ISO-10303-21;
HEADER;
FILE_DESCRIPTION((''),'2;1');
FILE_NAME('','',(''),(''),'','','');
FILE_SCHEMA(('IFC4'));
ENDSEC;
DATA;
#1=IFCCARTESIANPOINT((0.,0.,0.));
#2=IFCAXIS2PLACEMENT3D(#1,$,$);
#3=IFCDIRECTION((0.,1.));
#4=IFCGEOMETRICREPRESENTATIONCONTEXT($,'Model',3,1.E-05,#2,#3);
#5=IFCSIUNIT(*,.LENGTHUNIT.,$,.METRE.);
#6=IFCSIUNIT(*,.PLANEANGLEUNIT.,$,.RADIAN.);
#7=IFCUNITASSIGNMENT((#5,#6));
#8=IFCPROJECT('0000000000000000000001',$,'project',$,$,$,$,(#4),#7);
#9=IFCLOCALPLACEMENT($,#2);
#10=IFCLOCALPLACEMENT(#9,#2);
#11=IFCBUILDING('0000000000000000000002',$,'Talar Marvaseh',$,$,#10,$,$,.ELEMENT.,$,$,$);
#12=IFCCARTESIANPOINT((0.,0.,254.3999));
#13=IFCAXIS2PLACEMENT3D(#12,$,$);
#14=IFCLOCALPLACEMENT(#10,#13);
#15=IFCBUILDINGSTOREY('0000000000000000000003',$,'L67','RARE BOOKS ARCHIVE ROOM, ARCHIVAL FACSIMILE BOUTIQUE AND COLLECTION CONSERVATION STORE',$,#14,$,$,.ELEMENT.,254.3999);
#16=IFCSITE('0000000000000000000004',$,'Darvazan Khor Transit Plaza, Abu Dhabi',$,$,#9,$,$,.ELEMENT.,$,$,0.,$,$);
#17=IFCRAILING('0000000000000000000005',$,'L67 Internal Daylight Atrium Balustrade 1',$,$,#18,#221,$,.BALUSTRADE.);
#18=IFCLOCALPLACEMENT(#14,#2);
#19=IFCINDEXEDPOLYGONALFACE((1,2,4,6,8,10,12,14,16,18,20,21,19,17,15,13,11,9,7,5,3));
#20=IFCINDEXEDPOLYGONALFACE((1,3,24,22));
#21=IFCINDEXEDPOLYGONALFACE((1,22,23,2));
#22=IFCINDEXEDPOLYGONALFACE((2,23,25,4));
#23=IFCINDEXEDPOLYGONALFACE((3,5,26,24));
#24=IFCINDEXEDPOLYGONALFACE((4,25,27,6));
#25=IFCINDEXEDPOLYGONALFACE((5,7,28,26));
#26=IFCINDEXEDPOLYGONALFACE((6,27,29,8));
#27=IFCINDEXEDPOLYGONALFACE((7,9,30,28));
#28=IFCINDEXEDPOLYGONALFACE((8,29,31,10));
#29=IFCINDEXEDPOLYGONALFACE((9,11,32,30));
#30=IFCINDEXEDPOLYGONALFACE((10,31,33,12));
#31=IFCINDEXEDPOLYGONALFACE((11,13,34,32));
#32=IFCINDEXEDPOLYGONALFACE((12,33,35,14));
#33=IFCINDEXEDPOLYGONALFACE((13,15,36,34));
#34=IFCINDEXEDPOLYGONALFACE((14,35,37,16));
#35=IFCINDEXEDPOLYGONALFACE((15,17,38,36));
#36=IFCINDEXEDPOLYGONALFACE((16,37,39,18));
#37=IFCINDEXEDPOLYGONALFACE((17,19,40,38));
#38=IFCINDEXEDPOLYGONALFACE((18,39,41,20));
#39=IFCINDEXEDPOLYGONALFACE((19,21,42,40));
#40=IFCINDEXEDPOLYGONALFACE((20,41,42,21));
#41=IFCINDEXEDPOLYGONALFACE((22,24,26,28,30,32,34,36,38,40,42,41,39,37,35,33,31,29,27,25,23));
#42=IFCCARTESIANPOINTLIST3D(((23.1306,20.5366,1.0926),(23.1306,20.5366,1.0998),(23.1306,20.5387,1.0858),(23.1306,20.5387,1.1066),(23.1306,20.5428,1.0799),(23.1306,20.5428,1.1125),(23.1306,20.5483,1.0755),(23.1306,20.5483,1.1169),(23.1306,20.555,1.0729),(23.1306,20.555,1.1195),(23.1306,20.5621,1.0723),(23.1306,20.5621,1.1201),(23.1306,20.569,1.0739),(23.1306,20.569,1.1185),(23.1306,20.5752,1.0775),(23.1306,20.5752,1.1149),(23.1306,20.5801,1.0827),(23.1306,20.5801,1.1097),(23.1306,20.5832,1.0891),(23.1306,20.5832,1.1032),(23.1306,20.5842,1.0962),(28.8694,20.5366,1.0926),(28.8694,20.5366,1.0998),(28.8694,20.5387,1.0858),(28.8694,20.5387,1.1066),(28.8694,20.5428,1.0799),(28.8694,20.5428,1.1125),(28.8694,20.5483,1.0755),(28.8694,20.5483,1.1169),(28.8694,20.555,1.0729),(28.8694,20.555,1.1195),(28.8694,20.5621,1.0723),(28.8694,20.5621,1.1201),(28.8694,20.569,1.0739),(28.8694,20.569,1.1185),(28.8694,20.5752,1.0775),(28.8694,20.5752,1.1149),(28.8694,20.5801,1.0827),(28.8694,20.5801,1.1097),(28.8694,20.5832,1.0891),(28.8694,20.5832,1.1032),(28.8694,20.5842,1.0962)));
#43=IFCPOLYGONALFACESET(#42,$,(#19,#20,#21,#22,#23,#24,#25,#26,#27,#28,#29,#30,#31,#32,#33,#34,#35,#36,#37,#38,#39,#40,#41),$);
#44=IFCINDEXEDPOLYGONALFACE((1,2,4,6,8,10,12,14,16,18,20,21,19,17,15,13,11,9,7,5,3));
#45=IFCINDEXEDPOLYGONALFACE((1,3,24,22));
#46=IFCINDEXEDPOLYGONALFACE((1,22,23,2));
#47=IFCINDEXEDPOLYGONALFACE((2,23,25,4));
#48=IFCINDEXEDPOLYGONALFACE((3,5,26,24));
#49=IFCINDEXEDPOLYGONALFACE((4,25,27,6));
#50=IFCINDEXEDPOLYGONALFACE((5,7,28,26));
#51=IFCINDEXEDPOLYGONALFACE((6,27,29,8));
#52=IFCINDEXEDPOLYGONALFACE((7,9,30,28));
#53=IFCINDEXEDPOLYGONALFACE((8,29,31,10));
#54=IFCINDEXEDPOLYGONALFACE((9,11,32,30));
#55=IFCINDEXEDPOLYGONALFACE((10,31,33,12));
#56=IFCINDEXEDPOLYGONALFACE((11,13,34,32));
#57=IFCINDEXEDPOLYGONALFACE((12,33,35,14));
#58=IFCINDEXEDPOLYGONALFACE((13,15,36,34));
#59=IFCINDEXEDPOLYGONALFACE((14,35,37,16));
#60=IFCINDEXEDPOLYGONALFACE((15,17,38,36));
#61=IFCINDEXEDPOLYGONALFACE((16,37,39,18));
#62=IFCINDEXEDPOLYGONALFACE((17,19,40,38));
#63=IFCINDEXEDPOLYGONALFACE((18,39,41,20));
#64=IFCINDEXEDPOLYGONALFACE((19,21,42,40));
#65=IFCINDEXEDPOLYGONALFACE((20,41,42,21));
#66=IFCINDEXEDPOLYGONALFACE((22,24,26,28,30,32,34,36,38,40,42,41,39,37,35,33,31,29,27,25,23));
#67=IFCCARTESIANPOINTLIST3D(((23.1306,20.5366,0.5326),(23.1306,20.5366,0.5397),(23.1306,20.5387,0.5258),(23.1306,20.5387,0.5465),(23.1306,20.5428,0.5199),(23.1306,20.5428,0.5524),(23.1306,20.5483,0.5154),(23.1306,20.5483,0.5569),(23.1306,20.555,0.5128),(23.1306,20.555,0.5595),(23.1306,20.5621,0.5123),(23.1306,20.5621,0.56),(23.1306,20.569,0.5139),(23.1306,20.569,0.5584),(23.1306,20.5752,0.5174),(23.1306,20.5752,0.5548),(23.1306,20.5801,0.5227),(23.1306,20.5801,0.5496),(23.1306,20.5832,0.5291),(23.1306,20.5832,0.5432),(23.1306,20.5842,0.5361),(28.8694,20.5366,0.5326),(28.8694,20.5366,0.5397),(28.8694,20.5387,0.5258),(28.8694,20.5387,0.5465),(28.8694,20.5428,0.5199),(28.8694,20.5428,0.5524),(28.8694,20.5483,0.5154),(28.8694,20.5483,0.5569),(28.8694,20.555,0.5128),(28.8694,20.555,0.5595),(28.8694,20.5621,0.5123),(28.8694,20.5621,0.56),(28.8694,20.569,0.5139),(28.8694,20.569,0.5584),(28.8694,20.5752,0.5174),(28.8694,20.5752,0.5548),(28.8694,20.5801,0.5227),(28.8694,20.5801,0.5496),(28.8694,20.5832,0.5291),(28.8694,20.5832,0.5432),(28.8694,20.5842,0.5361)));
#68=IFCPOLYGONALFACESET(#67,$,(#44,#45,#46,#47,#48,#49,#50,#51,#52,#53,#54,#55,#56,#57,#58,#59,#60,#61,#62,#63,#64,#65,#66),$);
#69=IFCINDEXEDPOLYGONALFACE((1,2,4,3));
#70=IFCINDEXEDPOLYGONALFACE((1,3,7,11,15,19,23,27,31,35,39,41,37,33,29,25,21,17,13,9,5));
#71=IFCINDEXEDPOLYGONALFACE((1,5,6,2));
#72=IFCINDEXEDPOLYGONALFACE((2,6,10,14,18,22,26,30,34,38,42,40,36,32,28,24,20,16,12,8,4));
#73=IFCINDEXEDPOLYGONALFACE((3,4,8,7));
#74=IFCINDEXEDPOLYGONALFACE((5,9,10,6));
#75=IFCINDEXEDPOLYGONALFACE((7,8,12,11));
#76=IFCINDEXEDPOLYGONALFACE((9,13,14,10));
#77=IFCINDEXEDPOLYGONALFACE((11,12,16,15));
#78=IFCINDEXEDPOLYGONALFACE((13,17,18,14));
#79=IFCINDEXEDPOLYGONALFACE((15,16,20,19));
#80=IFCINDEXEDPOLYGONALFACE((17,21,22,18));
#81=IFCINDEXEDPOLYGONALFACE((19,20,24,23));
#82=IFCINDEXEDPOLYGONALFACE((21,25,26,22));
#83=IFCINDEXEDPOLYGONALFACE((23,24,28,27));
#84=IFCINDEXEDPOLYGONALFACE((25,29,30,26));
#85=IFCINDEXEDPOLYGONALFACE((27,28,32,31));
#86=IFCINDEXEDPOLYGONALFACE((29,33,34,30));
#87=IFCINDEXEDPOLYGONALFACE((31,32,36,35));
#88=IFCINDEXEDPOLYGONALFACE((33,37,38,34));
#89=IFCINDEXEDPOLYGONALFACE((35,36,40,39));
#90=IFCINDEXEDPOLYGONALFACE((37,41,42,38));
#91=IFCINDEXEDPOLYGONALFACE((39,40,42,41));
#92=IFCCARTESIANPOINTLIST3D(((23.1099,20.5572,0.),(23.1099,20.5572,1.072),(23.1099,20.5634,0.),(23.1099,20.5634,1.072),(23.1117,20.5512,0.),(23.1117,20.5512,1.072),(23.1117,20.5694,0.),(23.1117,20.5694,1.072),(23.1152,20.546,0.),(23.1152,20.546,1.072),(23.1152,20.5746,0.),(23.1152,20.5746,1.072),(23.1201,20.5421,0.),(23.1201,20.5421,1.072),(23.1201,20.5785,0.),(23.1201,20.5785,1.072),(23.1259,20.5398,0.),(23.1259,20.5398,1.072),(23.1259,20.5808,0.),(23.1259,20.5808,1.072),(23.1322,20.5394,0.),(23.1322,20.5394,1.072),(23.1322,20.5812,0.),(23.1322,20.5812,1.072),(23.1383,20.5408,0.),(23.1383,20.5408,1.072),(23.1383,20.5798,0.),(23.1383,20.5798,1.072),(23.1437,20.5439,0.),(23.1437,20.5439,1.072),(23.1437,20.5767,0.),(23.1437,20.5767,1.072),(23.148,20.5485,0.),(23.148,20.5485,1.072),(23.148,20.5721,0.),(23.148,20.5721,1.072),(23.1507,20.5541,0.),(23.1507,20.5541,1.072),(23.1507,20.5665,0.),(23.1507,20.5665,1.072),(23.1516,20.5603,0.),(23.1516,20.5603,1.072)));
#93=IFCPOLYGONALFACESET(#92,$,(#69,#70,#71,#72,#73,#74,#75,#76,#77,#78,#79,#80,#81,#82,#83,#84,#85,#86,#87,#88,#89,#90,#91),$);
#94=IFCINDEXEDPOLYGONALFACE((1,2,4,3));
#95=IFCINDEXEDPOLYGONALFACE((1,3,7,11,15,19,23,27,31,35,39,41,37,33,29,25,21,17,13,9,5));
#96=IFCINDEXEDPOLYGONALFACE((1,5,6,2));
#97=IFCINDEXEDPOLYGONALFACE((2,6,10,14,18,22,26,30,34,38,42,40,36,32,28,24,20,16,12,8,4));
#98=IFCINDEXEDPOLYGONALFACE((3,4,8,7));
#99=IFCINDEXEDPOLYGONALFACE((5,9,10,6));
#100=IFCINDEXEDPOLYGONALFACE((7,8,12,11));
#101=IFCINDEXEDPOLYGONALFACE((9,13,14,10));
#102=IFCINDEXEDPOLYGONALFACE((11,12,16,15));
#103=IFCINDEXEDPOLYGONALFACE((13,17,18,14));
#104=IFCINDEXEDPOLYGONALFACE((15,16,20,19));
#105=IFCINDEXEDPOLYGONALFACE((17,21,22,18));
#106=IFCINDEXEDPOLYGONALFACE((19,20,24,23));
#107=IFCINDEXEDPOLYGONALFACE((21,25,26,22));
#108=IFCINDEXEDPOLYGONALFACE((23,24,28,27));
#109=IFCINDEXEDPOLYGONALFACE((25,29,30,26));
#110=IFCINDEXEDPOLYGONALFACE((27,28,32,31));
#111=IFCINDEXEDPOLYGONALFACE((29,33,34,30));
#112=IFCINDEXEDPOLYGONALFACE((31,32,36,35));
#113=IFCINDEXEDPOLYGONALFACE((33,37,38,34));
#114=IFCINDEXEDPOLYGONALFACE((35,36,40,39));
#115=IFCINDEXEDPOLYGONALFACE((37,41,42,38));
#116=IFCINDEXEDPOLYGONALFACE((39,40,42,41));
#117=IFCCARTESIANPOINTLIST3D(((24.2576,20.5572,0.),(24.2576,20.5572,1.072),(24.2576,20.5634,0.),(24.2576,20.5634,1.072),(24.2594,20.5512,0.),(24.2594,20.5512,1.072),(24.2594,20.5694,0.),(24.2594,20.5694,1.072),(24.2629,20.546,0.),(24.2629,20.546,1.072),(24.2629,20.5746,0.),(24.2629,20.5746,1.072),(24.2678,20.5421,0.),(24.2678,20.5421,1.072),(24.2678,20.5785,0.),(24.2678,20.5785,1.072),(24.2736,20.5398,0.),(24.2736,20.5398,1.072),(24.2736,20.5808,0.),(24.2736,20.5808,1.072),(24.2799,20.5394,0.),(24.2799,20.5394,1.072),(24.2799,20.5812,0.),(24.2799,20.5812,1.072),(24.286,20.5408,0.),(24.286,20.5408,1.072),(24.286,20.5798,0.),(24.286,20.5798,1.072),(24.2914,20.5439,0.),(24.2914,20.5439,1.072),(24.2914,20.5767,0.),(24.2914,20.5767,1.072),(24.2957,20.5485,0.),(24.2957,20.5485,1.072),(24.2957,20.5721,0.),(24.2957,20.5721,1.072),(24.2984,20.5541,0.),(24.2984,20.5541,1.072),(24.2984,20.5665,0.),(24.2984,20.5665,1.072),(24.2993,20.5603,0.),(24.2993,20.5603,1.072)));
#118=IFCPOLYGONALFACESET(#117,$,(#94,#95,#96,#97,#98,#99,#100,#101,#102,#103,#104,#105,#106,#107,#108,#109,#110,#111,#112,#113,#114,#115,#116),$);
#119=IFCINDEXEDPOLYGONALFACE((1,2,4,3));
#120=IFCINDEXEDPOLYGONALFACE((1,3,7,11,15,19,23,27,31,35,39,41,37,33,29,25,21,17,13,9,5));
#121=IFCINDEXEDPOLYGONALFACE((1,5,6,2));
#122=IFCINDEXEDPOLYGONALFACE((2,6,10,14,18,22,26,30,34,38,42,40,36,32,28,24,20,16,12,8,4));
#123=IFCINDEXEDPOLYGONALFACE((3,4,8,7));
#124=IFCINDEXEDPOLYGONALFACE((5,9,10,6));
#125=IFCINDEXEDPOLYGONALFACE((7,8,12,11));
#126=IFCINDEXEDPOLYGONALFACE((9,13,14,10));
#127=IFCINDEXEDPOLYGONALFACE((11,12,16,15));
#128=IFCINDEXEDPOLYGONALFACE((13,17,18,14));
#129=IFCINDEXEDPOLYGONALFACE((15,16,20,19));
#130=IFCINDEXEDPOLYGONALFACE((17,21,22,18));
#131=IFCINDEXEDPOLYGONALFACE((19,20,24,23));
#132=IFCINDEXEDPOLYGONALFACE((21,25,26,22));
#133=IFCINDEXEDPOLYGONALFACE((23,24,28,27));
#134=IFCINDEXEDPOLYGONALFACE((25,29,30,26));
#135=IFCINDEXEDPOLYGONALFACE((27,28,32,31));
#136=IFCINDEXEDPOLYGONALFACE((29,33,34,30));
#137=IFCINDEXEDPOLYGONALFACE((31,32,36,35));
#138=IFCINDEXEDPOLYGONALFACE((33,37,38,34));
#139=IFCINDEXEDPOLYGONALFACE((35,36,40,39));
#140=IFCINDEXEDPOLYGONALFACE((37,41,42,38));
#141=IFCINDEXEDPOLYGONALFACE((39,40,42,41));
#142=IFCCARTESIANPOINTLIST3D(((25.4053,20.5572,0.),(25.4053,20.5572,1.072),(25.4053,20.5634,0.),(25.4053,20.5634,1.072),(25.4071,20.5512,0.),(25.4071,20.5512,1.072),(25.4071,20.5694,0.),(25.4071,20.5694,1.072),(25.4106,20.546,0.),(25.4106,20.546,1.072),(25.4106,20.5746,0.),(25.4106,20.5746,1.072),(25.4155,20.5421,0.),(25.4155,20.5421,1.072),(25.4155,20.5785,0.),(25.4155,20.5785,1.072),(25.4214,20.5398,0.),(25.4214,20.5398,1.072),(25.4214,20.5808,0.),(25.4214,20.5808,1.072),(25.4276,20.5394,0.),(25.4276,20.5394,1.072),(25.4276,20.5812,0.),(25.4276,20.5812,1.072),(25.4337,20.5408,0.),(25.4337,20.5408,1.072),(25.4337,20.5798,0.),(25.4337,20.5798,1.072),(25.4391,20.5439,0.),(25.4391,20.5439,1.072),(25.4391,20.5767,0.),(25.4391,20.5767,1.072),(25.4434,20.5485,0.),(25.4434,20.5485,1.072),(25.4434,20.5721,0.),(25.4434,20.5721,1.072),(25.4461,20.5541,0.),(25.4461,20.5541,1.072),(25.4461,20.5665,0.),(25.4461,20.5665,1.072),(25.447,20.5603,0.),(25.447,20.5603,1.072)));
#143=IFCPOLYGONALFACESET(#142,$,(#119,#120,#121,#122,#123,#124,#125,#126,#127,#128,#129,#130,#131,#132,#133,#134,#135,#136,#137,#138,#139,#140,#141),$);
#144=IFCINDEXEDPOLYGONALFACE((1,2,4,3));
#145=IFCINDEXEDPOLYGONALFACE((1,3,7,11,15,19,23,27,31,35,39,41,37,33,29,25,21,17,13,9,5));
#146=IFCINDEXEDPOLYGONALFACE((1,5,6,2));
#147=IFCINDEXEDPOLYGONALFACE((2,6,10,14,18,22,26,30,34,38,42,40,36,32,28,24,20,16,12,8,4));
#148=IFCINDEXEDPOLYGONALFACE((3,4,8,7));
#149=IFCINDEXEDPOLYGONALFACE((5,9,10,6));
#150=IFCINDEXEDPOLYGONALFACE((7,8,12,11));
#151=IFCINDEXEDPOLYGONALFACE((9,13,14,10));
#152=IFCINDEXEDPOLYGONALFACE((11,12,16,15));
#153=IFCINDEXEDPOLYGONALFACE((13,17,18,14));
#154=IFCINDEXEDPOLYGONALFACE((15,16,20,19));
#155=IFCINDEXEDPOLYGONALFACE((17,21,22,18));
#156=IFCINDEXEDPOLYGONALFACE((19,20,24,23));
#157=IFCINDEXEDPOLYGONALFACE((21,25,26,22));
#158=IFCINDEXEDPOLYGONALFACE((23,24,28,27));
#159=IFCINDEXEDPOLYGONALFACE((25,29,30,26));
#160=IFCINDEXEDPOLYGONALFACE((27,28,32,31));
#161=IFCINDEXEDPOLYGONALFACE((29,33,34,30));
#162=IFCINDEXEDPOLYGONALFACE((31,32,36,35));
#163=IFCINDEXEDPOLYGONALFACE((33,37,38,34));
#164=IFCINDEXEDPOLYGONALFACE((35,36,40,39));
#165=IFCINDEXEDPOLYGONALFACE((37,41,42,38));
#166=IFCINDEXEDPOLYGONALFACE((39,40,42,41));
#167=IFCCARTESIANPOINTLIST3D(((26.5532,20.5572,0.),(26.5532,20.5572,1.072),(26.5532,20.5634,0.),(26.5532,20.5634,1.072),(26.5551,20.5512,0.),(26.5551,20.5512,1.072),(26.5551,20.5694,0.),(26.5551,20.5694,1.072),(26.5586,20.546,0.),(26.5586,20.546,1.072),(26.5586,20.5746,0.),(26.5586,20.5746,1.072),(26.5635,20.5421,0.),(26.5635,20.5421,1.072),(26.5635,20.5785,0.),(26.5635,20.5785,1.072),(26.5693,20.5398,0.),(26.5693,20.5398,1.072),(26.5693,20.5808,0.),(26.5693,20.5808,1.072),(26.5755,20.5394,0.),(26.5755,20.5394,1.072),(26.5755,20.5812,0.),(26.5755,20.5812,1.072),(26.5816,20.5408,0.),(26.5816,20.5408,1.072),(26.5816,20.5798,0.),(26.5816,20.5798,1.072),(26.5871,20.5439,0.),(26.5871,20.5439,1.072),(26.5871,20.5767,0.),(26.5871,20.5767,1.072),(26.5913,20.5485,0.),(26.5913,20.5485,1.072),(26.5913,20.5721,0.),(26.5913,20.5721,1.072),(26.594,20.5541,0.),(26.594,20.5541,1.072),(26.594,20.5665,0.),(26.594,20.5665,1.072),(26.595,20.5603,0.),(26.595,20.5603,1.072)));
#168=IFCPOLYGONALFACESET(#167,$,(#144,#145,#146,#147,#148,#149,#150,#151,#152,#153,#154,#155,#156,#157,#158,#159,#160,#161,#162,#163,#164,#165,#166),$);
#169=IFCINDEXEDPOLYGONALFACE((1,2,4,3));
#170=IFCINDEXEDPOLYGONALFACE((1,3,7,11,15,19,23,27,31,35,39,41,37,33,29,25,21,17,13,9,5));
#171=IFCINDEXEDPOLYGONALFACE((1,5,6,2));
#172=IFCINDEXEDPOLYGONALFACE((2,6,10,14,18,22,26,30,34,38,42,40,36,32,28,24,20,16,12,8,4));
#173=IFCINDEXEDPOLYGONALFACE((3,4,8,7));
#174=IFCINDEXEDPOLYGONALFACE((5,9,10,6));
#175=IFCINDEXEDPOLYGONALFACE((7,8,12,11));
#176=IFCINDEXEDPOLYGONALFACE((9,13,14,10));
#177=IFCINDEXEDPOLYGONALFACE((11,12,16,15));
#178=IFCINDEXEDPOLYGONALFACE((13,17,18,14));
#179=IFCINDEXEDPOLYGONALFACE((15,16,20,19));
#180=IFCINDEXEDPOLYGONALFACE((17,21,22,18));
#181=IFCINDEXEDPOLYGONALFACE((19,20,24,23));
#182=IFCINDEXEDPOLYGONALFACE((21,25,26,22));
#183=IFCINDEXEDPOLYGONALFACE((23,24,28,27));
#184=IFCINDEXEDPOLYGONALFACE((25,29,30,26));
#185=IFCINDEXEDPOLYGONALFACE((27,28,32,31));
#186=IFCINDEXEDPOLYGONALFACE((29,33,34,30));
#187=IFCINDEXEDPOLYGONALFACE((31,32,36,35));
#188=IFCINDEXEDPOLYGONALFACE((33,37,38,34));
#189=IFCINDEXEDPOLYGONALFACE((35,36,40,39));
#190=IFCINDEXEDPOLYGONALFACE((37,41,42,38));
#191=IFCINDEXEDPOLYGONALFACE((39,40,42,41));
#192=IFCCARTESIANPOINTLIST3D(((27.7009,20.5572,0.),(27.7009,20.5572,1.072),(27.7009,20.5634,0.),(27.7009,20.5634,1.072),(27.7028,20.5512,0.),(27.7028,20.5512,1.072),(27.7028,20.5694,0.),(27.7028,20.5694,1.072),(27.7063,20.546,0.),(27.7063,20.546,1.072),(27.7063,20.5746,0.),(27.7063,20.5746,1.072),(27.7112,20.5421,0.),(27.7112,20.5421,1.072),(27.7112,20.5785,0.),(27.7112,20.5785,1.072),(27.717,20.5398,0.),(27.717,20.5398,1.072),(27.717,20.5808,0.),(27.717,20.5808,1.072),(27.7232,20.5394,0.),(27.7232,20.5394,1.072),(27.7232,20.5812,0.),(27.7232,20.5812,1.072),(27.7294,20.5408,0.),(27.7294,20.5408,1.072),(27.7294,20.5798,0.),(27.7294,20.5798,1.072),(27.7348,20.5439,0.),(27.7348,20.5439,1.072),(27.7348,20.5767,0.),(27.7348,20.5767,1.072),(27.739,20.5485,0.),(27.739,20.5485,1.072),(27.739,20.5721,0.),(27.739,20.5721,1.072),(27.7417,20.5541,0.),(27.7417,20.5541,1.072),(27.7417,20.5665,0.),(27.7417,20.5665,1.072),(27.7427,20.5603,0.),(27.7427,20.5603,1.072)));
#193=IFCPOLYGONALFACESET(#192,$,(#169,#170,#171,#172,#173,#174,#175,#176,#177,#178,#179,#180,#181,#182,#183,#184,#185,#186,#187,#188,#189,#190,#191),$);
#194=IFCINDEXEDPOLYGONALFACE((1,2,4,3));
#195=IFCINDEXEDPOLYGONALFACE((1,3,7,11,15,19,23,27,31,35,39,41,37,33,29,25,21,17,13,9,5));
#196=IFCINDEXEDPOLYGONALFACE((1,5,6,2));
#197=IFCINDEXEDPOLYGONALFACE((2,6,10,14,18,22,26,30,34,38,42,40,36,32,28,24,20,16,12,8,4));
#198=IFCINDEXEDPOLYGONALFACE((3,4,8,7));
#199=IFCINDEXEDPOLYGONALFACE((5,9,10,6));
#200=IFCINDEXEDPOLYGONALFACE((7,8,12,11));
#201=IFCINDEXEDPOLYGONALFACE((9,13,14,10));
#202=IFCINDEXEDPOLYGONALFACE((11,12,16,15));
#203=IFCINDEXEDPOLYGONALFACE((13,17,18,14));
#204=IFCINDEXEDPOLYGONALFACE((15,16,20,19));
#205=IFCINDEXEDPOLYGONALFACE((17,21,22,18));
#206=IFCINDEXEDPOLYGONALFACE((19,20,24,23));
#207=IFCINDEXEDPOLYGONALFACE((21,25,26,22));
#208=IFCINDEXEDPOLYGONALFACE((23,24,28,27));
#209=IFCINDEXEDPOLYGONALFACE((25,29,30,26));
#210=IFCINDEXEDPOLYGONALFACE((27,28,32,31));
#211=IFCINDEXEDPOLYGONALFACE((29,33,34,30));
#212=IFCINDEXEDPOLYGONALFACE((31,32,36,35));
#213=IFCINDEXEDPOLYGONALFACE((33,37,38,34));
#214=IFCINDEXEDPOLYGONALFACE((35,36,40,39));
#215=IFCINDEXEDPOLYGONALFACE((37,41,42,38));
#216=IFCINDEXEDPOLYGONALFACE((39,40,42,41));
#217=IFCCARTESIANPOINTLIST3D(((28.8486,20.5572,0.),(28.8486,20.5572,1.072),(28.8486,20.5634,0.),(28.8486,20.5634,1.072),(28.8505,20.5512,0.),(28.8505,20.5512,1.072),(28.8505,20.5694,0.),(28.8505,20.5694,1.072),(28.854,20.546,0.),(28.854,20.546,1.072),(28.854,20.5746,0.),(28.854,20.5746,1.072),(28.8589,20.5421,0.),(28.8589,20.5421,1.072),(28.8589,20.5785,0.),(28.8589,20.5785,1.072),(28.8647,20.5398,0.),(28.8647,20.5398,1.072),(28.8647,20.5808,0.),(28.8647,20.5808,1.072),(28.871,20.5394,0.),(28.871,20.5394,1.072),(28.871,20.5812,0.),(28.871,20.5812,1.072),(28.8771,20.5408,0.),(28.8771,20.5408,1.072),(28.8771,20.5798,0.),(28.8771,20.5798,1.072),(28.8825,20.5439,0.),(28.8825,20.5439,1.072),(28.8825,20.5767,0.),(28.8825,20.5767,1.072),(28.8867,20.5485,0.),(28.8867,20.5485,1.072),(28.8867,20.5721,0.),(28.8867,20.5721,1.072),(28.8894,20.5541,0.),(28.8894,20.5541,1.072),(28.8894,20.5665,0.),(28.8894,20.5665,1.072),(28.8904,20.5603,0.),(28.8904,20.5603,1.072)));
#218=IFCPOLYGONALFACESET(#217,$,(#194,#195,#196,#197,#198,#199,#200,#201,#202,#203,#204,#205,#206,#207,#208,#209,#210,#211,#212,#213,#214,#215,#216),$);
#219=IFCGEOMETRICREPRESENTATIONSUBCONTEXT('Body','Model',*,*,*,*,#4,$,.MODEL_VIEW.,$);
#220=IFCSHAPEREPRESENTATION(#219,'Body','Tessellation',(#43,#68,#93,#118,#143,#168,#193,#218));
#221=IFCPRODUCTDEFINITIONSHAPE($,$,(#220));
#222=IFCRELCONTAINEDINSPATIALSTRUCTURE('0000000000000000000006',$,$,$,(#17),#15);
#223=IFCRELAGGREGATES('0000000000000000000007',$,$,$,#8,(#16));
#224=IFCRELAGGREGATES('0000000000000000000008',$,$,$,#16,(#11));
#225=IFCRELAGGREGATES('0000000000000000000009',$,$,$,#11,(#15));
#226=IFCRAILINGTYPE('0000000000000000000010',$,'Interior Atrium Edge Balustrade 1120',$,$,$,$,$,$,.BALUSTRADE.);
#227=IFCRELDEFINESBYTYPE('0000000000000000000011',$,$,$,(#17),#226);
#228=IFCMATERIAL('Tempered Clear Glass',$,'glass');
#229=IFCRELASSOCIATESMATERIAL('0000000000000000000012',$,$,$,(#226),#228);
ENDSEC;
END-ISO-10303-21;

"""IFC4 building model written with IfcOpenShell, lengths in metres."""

from ifc_helpers import new_model, si_unit, direction, frame, origin, origin_2d, place, context, subcontext, project, spatial, circle, extrude, material, type_object, element, save


model = new_model("IFC4")

# Units and contexts
model_context = context("Model", 3, precision=1e-05, world=origin(), true_north=direction((0.0, 1.0)))
body_context = subcontext(model_context, "Body", "Model", "MODEL_VIEW")
ifc_project = project(units=[si_unit("LENGTHUNIT", "METRE"), si_unit("PLANEANGLEUNIT", "RADIAN")], contexts=[model_context])

# Site, building, storey
site_placement = place(None, origin())
site = spatial("IfcSite", under=ifc_project, at=site_placement, Name="Darvazan Khor Transit Plaza, Abu Dhabi", CompositionType="ELEMENT", RefElevation=0.0)
building_placement = place(site_placement, origin())
building = spatial("IfcBuilding", under=site, at=building_placement, Name="Talar Marvaseh", CompositionType="ELEMENT")
storey_placement = place(building_placement, frame((0.0, 0.0, 254.3999)))
storey = spatial("IfcBuildingStorey", under=building, at=storey_placement, Name="L67", Description="RARE BOOKS ARCHIVE ROOM, ARCHIVAL FACSIMILE BOUTIQUE AND COLLECTION CONSERVATION STORE", CompositionType="ELEMENT", Elevation=254.3999)

# Railing
ifc_material_1 = material(Name="Tempered Clear Glass", Category="glass")
railing_type = type_object("IfcRailingType", Name="Interior Atrium Edge Balustrade 1120", PredefinedType="BALUSTRADE", material=ifc_material_1)
railing_1_placement = place(storey_placement, frame((23.1306, 20.5603, 0.0)))
element("IfcRailing", 1, at=railing_1_placement, inside=storey, type_object=railing_type, Name="L67 Internal Daylight Atrium Balustrade 1", PredefinedType="BALUSTRADE", context=body_context, shape_type="SweptSolid", body=[
    extrude(circle(Radius=0.0239, at=origin_2d()), frame((0.0, 0.0, 1.0962), z_axis=(1.0, 0.0, 0.0), x_axis=(0.0, 1.0, 0.0)), (0.0, 0.0, 1.0), 5.7388),
    extrude(circle(Radius=0.0239, at=origin_2d()), frame((0.0, 0.0, 0.5361), z_axis=(1.0, 0.0, 0.0), x_axis=(0.0, 1.0, 0.0)), (0.0, 0.0, 1.0), 5.7388),
    extrude(circle(Radius=0.021, at=origin_2d()), origin(), (0.0, 0.0, 1.0), 1.072),
    extrude(circle(Radius=0.021, at=origin_2d()), frame((1.1477, 0.0, 0.0)), (0.0, 0.0, 1.0), 1.072),
    extrude(circle(Radius=0.021, at=origin_2d()), frame((2.2954, 0.0, 0.0)), (0.0, 0.0, 1.0), 1.072),
    extrude(circle(Radius=0.021, at=origin_2d()), frame((3.4434, 0.0, 0.0)), (0.0, 0.0, 1.0), 1.072),
    extrude(circle(Radius=0.021, at=origin_2d()), frame((4.5911, 0.0, 0.0)), (0.0, 0.0, 1.0), 1.072),
    extrude(circle(Radius=0.021, at=origin_2d()), frame((5.7388, 0.0, 0.0)), (0.0, 0.0, 1.0), 1.072),
])

save(model, "model.ifc")
